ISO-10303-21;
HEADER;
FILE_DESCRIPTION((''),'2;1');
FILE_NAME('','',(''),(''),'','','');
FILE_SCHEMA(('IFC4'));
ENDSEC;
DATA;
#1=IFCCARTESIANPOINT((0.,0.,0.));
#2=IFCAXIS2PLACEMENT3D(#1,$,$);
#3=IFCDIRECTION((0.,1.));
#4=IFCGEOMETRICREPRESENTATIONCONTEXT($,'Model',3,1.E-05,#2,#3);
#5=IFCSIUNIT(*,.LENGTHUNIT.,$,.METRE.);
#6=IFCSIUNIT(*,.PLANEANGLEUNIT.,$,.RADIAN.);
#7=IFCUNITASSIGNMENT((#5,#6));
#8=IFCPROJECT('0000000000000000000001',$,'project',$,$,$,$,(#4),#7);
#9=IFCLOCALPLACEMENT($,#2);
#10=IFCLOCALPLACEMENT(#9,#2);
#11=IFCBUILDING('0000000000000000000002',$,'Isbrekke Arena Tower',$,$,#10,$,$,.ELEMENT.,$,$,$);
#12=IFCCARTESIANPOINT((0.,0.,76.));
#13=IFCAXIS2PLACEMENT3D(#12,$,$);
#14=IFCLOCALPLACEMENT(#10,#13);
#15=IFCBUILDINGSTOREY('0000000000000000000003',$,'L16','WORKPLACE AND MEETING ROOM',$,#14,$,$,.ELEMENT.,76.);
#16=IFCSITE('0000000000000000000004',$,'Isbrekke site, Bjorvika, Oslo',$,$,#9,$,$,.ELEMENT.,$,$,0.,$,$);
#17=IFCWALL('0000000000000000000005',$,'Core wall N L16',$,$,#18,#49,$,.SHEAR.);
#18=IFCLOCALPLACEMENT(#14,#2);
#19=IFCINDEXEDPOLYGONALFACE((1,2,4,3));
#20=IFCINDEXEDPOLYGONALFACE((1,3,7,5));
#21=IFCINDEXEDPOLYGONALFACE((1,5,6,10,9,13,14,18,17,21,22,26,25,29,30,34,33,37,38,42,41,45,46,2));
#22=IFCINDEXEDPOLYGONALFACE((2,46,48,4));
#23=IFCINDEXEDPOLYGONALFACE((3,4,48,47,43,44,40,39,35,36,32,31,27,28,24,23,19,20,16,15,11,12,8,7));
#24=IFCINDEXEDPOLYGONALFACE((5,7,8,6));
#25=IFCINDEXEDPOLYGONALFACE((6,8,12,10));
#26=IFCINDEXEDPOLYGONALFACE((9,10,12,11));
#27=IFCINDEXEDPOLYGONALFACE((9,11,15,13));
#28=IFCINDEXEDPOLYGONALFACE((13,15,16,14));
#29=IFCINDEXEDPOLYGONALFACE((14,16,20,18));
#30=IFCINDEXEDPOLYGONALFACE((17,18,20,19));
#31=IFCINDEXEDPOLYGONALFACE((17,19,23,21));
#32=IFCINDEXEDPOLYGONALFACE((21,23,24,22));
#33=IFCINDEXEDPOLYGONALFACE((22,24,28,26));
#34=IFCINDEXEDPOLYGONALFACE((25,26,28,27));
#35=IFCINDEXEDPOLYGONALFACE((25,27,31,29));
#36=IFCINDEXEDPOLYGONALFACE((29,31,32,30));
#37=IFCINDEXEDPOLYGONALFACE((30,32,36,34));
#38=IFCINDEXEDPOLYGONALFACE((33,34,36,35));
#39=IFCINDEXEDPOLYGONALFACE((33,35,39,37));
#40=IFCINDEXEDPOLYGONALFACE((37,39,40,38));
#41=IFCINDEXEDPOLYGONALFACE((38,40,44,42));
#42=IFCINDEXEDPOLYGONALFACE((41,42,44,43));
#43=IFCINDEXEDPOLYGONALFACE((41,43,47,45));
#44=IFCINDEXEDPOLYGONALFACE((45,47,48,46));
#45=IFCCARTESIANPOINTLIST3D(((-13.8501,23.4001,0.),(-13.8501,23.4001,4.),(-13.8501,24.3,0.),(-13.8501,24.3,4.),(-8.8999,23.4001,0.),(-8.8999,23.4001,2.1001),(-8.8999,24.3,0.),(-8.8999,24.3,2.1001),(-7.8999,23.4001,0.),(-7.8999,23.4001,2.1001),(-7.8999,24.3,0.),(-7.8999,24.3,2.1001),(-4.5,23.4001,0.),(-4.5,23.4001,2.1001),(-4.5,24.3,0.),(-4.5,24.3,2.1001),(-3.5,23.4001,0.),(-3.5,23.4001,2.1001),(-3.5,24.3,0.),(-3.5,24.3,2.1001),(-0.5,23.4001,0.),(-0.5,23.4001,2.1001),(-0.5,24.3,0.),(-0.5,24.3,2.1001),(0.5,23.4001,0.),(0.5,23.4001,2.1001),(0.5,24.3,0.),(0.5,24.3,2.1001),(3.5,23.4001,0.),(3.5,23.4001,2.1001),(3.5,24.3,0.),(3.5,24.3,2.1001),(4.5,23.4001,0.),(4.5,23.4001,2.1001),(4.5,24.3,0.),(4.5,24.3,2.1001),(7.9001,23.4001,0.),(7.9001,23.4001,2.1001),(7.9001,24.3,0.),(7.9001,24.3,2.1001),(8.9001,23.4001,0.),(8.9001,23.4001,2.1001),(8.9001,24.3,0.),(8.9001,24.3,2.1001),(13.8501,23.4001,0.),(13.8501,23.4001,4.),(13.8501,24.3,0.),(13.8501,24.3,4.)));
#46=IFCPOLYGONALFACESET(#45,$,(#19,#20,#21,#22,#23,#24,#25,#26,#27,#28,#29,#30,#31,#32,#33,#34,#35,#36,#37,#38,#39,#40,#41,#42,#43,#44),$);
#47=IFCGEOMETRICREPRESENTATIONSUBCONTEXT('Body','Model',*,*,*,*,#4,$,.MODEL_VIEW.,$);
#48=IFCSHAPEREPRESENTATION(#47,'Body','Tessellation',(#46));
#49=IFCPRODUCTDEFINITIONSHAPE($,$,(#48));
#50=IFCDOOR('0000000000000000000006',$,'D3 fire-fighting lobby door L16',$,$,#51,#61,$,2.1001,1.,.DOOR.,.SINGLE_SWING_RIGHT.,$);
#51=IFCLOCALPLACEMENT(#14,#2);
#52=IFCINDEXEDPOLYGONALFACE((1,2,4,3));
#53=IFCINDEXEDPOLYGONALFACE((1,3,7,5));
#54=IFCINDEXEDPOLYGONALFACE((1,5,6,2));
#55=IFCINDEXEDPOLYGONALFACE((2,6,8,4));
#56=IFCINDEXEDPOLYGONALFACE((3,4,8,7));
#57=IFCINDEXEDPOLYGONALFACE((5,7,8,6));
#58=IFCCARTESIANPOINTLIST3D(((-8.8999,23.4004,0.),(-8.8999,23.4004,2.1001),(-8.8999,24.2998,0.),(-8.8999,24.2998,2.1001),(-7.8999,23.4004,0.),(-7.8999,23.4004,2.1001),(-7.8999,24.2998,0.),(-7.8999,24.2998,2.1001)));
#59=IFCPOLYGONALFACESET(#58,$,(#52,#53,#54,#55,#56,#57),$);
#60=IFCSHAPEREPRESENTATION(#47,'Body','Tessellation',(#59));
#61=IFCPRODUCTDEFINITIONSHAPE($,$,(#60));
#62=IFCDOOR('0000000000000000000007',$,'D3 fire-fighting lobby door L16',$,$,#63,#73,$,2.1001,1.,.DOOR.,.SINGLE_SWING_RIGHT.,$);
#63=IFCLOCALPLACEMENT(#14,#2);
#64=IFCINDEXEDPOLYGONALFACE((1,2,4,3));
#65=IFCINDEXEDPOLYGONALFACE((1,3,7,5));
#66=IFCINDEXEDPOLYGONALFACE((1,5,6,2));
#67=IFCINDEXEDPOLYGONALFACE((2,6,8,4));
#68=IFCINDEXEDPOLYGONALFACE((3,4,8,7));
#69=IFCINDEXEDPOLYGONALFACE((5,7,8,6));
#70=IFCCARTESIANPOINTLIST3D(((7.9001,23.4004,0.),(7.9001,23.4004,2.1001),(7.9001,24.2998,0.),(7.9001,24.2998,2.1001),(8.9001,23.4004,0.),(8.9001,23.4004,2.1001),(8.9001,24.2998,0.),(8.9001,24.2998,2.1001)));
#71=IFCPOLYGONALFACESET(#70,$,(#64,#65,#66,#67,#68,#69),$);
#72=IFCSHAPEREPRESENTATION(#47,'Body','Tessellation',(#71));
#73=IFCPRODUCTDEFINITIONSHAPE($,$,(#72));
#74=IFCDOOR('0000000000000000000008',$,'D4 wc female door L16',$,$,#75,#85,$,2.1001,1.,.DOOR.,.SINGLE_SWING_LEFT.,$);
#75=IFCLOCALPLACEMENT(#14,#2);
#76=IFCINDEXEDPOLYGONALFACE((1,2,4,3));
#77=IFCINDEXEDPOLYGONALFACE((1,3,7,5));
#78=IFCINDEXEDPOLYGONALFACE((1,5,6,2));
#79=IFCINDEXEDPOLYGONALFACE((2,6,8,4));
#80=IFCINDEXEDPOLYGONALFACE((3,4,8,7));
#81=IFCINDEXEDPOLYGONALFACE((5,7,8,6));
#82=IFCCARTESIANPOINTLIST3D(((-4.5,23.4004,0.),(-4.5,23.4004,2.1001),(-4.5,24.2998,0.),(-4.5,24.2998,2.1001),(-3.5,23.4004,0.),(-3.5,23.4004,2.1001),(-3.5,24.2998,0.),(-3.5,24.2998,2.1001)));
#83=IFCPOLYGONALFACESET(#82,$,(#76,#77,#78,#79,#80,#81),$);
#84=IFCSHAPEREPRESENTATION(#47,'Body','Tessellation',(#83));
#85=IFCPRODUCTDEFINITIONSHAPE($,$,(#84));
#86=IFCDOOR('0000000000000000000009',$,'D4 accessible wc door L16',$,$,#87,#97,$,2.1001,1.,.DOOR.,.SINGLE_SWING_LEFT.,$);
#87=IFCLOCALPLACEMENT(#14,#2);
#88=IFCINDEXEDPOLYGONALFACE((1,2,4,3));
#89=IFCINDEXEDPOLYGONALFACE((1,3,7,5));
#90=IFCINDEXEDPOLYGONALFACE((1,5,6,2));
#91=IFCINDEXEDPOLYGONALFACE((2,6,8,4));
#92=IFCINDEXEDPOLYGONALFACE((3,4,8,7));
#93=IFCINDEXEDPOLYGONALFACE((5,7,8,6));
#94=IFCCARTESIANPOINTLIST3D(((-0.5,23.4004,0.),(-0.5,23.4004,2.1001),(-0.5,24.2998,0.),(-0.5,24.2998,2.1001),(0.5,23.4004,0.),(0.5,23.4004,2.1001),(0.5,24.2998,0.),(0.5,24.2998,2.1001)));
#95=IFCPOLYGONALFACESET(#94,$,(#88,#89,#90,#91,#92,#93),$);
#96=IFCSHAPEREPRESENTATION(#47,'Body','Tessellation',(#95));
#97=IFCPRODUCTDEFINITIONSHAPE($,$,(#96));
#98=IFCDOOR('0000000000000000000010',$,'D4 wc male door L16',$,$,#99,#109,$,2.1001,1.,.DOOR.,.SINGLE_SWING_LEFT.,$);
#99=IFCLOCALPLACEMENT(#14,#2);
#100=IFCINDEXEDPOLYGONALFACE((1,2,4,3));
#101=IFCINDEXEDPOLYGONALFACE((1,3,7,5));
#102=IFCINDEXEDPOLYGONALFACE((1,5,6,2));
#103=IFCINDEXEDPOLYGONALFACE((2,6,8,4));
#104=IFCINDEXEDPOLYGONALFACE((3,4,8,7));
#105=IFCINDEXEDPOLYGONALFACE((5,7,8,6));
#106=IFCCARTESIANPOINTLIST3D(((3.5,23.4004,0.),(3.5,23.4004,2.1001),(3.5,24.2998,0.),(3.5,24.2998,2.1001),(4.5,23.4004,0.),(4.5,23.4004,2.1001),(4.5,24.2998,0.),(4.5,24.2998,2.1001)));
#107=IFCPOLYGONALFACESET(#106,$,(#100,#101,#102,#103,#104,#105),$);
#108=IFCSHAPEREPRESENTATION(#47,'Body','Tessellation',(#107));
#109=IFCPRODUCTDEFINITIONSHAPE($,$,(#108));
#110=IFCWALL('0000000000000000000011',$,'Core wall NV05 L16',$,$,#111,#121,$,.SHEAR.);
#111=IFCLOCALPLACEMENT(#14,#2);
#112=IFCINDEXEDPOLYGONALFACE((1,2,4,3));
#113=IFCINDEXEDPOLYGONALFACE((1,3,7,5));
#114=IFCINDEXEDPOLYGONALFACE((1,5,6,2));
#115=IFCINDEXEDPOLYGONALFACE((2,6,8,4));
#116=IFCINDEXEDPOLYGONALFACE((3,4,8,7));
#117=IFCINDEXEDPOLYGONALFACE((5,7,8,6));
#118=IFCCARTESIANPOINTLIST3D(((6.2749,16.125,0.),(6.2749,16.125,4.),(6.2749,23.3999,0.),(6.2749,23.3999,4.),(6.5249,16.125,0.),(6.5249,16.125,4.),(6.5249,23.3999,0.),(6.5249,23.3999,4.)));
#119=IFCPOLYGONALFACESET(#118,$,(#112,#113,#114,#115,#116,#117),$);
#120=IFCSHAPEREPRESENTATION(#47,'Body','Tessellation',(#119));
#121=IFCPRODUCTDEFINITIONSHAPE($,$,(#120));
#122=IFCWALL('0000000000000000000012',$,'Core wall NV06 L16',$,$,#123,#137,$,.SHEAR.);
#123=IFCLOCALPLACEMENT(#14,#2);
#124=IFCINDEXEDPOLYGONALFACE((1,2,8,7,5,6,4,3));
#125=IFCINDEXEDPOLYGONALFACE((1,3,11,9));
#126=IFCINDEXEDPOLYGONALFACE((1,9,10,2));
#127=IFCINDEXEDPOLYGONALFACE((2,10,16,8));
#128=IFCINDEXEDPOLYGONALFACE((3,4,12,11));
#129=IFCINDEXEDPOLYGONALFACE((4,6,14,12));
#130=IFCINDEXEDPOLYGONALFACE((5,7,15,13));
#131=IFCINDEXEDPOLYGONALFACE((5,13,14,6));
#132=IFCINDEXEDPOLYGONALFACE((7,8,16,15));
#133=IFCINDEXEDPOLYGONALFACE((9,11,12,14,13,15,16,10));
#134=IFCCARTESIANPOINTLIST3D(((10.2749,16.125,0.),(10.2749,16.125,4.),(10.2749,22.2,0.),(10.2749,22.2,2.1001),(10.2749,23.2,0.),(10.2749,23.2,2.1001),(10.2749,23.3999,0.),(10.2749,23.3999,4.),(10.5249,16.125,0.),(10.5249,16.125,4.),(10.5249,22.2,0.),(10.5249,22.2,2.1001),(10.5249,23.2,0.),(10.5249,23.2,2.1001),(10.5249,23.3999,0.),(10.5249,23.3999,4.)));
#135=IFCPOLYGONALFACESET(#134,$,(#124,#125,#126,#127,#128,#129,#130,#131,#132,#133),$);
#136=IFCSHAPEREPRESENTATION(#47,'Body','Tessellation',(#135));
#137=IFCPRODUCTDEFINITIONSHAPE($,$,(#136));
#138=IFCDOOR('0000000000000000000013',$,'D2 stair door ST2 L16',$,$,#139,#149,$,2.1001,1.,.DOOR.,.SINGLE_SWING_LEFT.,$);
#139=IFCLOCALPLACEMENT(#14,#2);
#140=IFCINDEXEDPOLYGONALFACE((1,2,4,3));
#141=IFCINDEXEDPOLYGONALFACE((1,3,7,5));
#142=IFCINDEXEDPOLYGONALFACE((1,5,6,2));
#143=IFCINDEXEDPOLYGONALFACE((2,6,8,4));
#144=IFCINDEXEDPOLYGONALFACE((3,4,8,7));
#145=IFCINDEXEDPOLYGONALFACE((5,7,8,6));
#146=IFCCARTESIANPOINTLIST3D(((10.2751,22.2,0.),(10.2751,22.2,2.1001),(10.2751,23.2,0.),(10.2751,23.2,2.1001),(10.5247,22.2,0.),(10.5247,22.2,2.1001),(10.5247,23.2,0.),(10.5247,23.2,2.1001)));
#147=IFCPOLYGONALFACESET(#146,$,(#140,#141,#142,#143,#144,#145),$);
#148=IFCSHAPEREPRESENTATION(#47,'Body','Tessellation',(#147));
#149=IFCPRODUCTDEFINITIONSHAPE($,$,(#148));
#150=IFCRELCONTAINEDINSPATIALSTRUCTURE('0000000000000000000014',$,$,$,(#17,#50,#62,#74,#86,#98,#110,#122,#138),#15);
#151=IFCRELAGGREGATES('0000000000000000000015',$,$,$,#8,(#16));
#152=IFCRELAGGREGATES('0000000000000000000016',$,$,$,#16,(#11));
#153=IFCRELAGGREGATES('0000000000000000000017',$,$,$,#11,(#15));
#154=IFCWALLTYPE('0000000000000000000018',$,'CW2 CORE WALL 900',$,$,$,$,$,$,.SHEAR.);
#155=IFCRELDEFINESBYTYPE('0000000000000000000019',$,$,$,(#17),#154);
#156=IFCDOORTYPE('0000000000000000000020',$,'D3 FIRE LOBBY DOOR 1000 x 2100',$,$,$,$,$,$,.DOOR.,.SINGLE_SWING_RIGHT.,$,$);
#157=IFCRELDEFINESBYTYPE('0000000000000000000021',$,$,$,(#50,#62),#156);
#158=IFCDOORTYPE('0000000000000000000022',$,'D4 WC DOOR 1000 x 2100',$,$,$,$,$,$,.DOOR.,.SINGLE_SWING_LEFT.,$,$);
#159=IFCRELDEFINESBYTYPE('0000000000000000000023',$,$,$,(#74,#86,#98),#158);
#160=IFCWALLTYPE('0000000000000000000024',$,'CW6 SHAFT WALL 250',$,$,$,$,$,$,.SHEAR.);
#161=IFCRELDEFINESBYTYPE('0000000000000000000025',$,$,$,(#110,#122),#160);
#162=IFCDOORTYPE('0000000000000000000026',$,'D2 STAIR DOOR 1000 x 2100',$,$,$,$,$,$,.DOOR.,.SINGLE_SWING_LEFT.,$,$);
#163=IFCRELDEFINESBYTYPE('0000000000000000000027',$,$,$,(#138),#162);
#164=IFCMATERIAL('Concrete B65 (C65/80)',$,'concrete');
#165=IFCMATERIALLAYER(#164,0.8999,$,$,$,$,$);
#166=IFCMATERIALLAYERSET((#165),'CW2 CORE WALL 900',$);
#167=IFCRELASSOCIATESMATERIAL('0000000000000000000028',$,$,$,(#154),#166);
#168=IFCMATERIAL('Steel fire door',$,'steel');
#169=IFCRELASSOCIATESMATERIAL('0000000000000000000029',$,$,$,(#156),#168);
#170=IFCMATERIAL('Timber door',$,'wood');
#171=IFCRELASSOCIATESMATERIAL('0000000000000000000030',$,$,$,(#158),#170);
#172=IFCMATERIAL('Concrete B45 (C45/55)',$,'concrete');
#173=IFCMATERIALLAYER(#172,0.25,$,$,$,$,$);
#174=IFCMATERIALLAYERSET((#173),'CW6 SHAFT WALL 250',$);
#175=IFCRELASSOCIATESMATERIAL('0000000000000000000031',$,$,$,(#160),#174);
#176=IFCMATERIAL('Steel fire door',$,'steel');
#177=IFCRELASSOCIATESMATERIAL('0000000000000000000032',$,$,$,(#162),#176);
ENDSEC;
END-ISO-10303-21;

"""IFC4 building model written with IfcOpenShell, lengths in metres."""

from ifc_helpers import new_model, si_unit, direction, frame, frame_2d, origin, place, context, subcontext, project, spatial, rectangle, extrude, material, layer, layer_set, type_object, element, fill, save


model = new_model("IFC4")

# Units and contexts
model_context = context("Model", 3, precision=1e-05, world=origin(), true_north=direction((0.0, 1.0)))
body_context = subcontext(model_context, "Body", "Model", "MODEL_VIEW")
ifc_project = project(units=[si_unit("LENGTHUNIT", "METRE"), si_unit("PLANEANGLEUNIT", "RADIAN")], contexts=[model_context])

# Site, building, storey
site_placement = place(None, origin())
site = spatial("IfcSite", under=ifc_project, at=site_placement, Name="Isbrekke site, Bjorvika, Oslo", CompositionType="ELEMENT", RefElevation=0.0)
building_placement = place(site_placement, origin())
building = spatial("IfcBuilding", under=site, at=building_placement, Name="Isbrekke Arena Tower", CompositionType="ELEMENT")
storey_placement = place(building_placement, frame((0.0, 0.0, 76.0)))
storey = spatial("IfcBuildingStorey", under=building, at=storey_placement, Name="L16", Description="WORKPLACE AND MEETING ROOM", CompositionType="ELEMENT", Elevation=76.0)

# Wall, openings, doors
ifc_material_1 = material(Name="Concrete B65 (C65/80)", Category="concrete")
ifc_layer_1 = layer(ifc_material_1, 0.8999)
ifc_layer_set_1 = layer_set([ifc_layer_1], Name="CW2 CORE WALL 900")
wall_type_1 = type_object("IfcWallType", Name="CW2 CORE WALL 900", PredefinedType="SHEAR", material=ifc_layer_set_1)
wall_1_placement = place(storey_placement, frame((13.8501, 23.8501, 0.0), z_axis=(0.0, 0.0, 1.0), x_axis=(-1.0, 0.0, 0.0)))
wall_1 = element("IfcWall", 1, at=wall_1_placement, inside=storey, type_object=wall_type_1, Name="Core wall N L16", PredefinedType="SHEAR", context=body_context, shape_type="SweptSolid", body=[
    extrude(rectangle(XDim=27.7002, YDim=0.8999, at=frame_2d((13.8501, 0.0))), origin(), (0.0, 0.0, 1.0), 4.0),
])
opening_1_placement = place(wall_1_placement, frame((21.75, 0.0, 0.0)))
opening_1 = element("IfcOpeningElement", 2, at=opening_1_placement, cuts=wall_1, PredefinedType="OPENING", context=body_context, shape_type="SweptSolid", body=[
    extrude(rectangle(XDim=1.0, YDim=2.1001, at=frame_2d((0.5, 1.05))), frame((0.0, 0.4648, 0.0), z_axis=(0.0, -1.0, 0.0), x_axis=(1.0, 0.0, 0.0)), (0.0, 0.0, 1.0), 0.9297),
])
opening_2_placement = place(wall_1_placement, frame((4.95, 0.0, 0.0)))
opening_2 = element("IfcOpeningElement", 3, at=opening_2_placement, cuts=wall_1, PredefinedType="OPENING", context=body_context, shape_type="SweptSolid", body=[
    extrude(rectangle(XDim=1.0, YDim=2.1001, at=frame_2d((0.5, 1.05))), frame((0.0, 0.4648, 0.0), z_axis=(0.0, -1.0, 0.0), x_axis=(1.0, 0.0, 0.0)), (0.0, 0.0, 1.0), 0.9297),
])
opening_3_placement = place(wall_1_placement, frame((17.3501, 0.0, 0.0)))
opening_3 = element("IfcOpeningElement", 4, at=opening_3_placement, cuts=wall_1, PredefinedType="OPENING", context=body_context, shape_type="SweptSolid", body=[
    extrude(rectangle(XDim=1.0, YDim=2.1001, at=frame_2d((0.5, 1.05))), frame((0.0, 0.4648, 0.0), z_axis=(0.0, -1.0, 0.0), x_axis=(1.0, 0.0, 0.0)), (0.0, 0.0, 1.0), 0.9297),
])
opening_4_placement = place(wall_1_placement, frame((13.3501, 0.0, 0.0)))
opening_4 = element("IfcOpeningElement", 5, at=opening_4_placement, cuts=wall_1, PredefinedType="OPENING", context=body_context, shape_type="SweptSolid", body=[
    extrude(rectangle(XDim=1.0, YDim=2.1001, at=frame_2d((0.5, 1.05))), frame((0.0, 0.4648, 0.0), z_axis=(0.0, -1.0, 0.0), x_axis=(1.0, 0.0, 0.0)), (0.0, 0.0, 1.0), 0.9297),
])
opening_5_placement = place(wall_1_placement, frame((9.3501, 0.0, 0.0)))
opening_5 = element("IfcOpeningElement", 6, at=opening_5_placement, cuts=wall_1, PredefinedType="OPENING", context=body_context, shape_type="SweptSolid", body=[
    extrude(rectangle(XDim=1.0, YDim=2.1001, at=frame_2d((0.5, 1.05))), frame((0.0, 0.4648, 0.0), z_axis=(0.0, -1.0, 0.0), x_axis=(1.0, 0.0, 0.0)), (0.0, 0.0, 1.0), 0.9297),
])
ifc_material_2 = material(Name="Steel fire door", Category="steel")
door_type_1 = type_object("IfcDoorType", Name="D3 FIRE LOBBY DOOR 1000 x 2100", OperationType="SINGLE_SWING_RIGHT", PredefinedType="DOOR", material=ifc_material_2)
door_1_placement = place(opening_1_placement, origin())
door_1 = element("IfcDoor", 7, at=door_1_placement, inside=storey, type_object=door_type_1, Name="D3 fire-fighting lobby door L16", OperationType="SINGLE_SWING_RIGHT", OverallHeight=2.1001, OverallWidth=1.0, PredefinedType="DOOR", context=body_context, shape_type="SweptSolid", body=[
    extrude(rectangle(XDim=1.0, YDim=2.1001, at=frame_2d((0.5, 1.05))), frame((0.0, 0.4497, 0.0), z_axis=(0.0, -1.0, 0.0), x_axis=(1.0, 0.0, 0.0)), (0.0, 0.0, 1.0), 0.8994),
])
fill(opening_1, door_1)
door_2_placement = place(opening_2_placement, origin())
door_2 = element("IfcDoor", 8, at=door_2_placement, inside=storey, type_object=door_type_1, Name="D3 fire-fighting lobby door L16", OperationType="SINGLE_SWING_RIGHT", OverallHeight=2.1001, OverallWidth=1.0, PredefinedType="DOOR", context=body_context, shape_type="SweptSolid", body=[
    extrude(rectangle(XDim=1.0, YDim=2.1001, at=frame_2d((0.5, 1.05))), frame((0.0, 0.4497, 0.0), z_axis=(0.0, -1.0, 0.0), x_axis=(1.0, 0.0, 0.0)), (0.0, 0.0, 1.0), 0.8994),
])
fill(opening_2, door_2)
ifc_material_3 = material(Name="Timber door", Category="wood")
door_type_2 = type_object("IfcDoorType", Name="D4 WC DOOR 1000 x 2100", OperationType="SINGLE_SWING_LEFT", PredefinedType="DOOR", material=ifc_material_3)
door_3_placement = place(opening_3_placement, origin())
door_3 = element("IfcDoor", 9, at=door_3_placement, inside=storey, type_object=door_type_2, Name="D4 wc female door L16", OperationType="SINGLE_SWING_LEFT", OverallHeight=2.1001, OverallWidth=1.0, PredefinedType="DOOR", context=body_context, shape_type="SweptSolid", body=[
    extrude(rectangle(XDim=1.0, YDim=2.1001, at=frame_2d((0.5, 1.05))), frame((0.0, 0.4497, 0.0), z_axis=(0.0, -1.0, 0.0), x_axis=(1.0, 0.0, 0.0)), (0.0, 0.0, 1.0), 0.8994),
])
fill(opening_3, door_3)
door_4_placement = place(opening_4_placement, origin())
door_4 = element("IfcDoor", 10, at=door_4_placement, inside=storey, type_object=door_type_2, Name="D4 accessible wc door L16", OperationType="SINGLE_SWING_LEFT", OverallHeight=2.1001, OverallWidth=1.0, PredefinedType="DOOR", context=body_context, shape_type="SweptSolid", body=[
    extrude(rectangle(XDim=1.0, YDim=2.1001, at=frame_2d((0.5, 1.05))), frame((0.0, 0.4497, 0.0), z_axis=(0.0, -1.0, 0.0), x_axis=(1.0, 0.0, 0.0)), (0.0, 0.0, 1.0), 0.8994),
])
fill(opening_4, door_4)
door_5_placement = place(opening_5_placement, origin())
door_5 = element("IfcDoor", 11, at=door_5_placement, inside=storey, type_object=door_type_2, Name="D4 wc male door L16", OperationType="SINGLE_SWING_LEFT", OverallHeight=2.1001, OverallWidth=1.0, PredefinedType="DOOR", context=body_context, shape_type="SweptSolid", body=[
    extrude(rectangle(XDim=1.0, YDim=2.1001, at=frame_2d((0.5, 1.05))), frame((0.0, 0.4497, 0.0), z_axis=(0.0, -1.0, 0.0), x_axis=(1.0, 0.0, 0.0)), (0.0, 0.0, 1.0), 0.8994),
])
fill(opening_5, door_5)

# Wall
ifc_material_4 = material(Name="Concrete B45 (C45/55)", Category="concrete")
ifc_layer_2 = layer(ifc_material_4, 0.25)
ifc_layer_set_2 = layer_set([ifc_layer_2], Name="CW6 SHAFT WALL 250")
wall_type_2 = type_object("IfcWallType", Name="CW6 SHAFT WALL 250", PredefinedType="SHEAR", material=ifc_layer_set_2)
wall_2_placement = place(storey_placement, frame((6.3999, 16.125, 0.0), z_axis=(0.0, 0.0, 1.0), x_axis=(0.0, 1.0, 0.0)))
element("IfcWall", 12, at=wall_2_placement, inside=storey, type_object=wall_type_2, Name="Core wall NV05 L16", PredefinedType="SHEAR", context=body_context, shape_type="SweptSolid", body=[
    extrude(rectangle(XDim=7.2749, YDim=0.25, at=frame_2d((3.6375, 0.0))), origin(), (0.0, 0.0, 1.0), 4.0),
])

# Wall, opening, door
wall_3_placement = place(storey_placement, frame((10.3999, 16.125, 0.0), z_axis=(0.0, 0.0, 1.0), x_axis=(0.0, 1.0, 0.0)))
wall_3 = element("IfcWall", 13, at=wall_3_placement, inside=storey, type_object=wall_type_2, Name="Core wall NV06 L16", PredefinedType="SHEAR", context=body_context, shape_type="SweptSolid", body=[
    extrude(rectangle(XDim=7.2749, YDim=0.25, at=frame_2d((3.6375, 0.0))), origin(), (0.0, 0.0, 1.0), 4.0),
])
opening_6_placement = place(wall_3_placement, frame((6.075, 0.0, 0.0)))
opening_6 = element("IfcOpeningElement", 14, at=opening_6_placement, cuts=wall_3, PredefinedType="OPENING", context=body_context, shape_type="SweptSolid", body=[
    extrude(rectangle(XDim=1.0, YDim=2.1001, at=frame_2d((0.5, 1.05))), frame((0.0, 0.1399, 0.0), z_axis=(0.0, -1.0, 0.0), x_axis=(1.0, 0.0, 0.0)), (0.0, 0.0, 1.0), 0.2798),
])
ifc_material_5 = material(Name="Steel fire door", Category="steel")
door_type_3 = type_object("IfcDoorType", Name="D2 STAIR DOOR 1000 x 2100", OperationType="SINGLE_SWING_LEFT", PredefinedType="DOOR", material=ifc_material_5)
door_6_placement = place(opening_6_placement, origin())
door_6 = element("IfcDoor", 15, at=door_6_placement, inside=storey, type_object=door_type_3, Name="D2 stair door ST2 L16", OperationType="SINGLE_SWING_LEFT", OverallHeight=2.1001, OverallWidth=1.0, PredefinedType="DOOR", context=body_context, shape_type="SweptSolid", body=[
    extrude(rectangle(XDim=1.0, YDim=2.1001, at=frame_2d((0.5, 1.05))), frame((0.0, 0.1248, 0.0), z_axis=(0.0, -1.0, 0.0), x_axis=(1.0, 0.0, 0.0)), (0.0, 0.0, 1.0), 0.2495),
])
fill(opening_6, door_6)

save(model, "model.ifc")
